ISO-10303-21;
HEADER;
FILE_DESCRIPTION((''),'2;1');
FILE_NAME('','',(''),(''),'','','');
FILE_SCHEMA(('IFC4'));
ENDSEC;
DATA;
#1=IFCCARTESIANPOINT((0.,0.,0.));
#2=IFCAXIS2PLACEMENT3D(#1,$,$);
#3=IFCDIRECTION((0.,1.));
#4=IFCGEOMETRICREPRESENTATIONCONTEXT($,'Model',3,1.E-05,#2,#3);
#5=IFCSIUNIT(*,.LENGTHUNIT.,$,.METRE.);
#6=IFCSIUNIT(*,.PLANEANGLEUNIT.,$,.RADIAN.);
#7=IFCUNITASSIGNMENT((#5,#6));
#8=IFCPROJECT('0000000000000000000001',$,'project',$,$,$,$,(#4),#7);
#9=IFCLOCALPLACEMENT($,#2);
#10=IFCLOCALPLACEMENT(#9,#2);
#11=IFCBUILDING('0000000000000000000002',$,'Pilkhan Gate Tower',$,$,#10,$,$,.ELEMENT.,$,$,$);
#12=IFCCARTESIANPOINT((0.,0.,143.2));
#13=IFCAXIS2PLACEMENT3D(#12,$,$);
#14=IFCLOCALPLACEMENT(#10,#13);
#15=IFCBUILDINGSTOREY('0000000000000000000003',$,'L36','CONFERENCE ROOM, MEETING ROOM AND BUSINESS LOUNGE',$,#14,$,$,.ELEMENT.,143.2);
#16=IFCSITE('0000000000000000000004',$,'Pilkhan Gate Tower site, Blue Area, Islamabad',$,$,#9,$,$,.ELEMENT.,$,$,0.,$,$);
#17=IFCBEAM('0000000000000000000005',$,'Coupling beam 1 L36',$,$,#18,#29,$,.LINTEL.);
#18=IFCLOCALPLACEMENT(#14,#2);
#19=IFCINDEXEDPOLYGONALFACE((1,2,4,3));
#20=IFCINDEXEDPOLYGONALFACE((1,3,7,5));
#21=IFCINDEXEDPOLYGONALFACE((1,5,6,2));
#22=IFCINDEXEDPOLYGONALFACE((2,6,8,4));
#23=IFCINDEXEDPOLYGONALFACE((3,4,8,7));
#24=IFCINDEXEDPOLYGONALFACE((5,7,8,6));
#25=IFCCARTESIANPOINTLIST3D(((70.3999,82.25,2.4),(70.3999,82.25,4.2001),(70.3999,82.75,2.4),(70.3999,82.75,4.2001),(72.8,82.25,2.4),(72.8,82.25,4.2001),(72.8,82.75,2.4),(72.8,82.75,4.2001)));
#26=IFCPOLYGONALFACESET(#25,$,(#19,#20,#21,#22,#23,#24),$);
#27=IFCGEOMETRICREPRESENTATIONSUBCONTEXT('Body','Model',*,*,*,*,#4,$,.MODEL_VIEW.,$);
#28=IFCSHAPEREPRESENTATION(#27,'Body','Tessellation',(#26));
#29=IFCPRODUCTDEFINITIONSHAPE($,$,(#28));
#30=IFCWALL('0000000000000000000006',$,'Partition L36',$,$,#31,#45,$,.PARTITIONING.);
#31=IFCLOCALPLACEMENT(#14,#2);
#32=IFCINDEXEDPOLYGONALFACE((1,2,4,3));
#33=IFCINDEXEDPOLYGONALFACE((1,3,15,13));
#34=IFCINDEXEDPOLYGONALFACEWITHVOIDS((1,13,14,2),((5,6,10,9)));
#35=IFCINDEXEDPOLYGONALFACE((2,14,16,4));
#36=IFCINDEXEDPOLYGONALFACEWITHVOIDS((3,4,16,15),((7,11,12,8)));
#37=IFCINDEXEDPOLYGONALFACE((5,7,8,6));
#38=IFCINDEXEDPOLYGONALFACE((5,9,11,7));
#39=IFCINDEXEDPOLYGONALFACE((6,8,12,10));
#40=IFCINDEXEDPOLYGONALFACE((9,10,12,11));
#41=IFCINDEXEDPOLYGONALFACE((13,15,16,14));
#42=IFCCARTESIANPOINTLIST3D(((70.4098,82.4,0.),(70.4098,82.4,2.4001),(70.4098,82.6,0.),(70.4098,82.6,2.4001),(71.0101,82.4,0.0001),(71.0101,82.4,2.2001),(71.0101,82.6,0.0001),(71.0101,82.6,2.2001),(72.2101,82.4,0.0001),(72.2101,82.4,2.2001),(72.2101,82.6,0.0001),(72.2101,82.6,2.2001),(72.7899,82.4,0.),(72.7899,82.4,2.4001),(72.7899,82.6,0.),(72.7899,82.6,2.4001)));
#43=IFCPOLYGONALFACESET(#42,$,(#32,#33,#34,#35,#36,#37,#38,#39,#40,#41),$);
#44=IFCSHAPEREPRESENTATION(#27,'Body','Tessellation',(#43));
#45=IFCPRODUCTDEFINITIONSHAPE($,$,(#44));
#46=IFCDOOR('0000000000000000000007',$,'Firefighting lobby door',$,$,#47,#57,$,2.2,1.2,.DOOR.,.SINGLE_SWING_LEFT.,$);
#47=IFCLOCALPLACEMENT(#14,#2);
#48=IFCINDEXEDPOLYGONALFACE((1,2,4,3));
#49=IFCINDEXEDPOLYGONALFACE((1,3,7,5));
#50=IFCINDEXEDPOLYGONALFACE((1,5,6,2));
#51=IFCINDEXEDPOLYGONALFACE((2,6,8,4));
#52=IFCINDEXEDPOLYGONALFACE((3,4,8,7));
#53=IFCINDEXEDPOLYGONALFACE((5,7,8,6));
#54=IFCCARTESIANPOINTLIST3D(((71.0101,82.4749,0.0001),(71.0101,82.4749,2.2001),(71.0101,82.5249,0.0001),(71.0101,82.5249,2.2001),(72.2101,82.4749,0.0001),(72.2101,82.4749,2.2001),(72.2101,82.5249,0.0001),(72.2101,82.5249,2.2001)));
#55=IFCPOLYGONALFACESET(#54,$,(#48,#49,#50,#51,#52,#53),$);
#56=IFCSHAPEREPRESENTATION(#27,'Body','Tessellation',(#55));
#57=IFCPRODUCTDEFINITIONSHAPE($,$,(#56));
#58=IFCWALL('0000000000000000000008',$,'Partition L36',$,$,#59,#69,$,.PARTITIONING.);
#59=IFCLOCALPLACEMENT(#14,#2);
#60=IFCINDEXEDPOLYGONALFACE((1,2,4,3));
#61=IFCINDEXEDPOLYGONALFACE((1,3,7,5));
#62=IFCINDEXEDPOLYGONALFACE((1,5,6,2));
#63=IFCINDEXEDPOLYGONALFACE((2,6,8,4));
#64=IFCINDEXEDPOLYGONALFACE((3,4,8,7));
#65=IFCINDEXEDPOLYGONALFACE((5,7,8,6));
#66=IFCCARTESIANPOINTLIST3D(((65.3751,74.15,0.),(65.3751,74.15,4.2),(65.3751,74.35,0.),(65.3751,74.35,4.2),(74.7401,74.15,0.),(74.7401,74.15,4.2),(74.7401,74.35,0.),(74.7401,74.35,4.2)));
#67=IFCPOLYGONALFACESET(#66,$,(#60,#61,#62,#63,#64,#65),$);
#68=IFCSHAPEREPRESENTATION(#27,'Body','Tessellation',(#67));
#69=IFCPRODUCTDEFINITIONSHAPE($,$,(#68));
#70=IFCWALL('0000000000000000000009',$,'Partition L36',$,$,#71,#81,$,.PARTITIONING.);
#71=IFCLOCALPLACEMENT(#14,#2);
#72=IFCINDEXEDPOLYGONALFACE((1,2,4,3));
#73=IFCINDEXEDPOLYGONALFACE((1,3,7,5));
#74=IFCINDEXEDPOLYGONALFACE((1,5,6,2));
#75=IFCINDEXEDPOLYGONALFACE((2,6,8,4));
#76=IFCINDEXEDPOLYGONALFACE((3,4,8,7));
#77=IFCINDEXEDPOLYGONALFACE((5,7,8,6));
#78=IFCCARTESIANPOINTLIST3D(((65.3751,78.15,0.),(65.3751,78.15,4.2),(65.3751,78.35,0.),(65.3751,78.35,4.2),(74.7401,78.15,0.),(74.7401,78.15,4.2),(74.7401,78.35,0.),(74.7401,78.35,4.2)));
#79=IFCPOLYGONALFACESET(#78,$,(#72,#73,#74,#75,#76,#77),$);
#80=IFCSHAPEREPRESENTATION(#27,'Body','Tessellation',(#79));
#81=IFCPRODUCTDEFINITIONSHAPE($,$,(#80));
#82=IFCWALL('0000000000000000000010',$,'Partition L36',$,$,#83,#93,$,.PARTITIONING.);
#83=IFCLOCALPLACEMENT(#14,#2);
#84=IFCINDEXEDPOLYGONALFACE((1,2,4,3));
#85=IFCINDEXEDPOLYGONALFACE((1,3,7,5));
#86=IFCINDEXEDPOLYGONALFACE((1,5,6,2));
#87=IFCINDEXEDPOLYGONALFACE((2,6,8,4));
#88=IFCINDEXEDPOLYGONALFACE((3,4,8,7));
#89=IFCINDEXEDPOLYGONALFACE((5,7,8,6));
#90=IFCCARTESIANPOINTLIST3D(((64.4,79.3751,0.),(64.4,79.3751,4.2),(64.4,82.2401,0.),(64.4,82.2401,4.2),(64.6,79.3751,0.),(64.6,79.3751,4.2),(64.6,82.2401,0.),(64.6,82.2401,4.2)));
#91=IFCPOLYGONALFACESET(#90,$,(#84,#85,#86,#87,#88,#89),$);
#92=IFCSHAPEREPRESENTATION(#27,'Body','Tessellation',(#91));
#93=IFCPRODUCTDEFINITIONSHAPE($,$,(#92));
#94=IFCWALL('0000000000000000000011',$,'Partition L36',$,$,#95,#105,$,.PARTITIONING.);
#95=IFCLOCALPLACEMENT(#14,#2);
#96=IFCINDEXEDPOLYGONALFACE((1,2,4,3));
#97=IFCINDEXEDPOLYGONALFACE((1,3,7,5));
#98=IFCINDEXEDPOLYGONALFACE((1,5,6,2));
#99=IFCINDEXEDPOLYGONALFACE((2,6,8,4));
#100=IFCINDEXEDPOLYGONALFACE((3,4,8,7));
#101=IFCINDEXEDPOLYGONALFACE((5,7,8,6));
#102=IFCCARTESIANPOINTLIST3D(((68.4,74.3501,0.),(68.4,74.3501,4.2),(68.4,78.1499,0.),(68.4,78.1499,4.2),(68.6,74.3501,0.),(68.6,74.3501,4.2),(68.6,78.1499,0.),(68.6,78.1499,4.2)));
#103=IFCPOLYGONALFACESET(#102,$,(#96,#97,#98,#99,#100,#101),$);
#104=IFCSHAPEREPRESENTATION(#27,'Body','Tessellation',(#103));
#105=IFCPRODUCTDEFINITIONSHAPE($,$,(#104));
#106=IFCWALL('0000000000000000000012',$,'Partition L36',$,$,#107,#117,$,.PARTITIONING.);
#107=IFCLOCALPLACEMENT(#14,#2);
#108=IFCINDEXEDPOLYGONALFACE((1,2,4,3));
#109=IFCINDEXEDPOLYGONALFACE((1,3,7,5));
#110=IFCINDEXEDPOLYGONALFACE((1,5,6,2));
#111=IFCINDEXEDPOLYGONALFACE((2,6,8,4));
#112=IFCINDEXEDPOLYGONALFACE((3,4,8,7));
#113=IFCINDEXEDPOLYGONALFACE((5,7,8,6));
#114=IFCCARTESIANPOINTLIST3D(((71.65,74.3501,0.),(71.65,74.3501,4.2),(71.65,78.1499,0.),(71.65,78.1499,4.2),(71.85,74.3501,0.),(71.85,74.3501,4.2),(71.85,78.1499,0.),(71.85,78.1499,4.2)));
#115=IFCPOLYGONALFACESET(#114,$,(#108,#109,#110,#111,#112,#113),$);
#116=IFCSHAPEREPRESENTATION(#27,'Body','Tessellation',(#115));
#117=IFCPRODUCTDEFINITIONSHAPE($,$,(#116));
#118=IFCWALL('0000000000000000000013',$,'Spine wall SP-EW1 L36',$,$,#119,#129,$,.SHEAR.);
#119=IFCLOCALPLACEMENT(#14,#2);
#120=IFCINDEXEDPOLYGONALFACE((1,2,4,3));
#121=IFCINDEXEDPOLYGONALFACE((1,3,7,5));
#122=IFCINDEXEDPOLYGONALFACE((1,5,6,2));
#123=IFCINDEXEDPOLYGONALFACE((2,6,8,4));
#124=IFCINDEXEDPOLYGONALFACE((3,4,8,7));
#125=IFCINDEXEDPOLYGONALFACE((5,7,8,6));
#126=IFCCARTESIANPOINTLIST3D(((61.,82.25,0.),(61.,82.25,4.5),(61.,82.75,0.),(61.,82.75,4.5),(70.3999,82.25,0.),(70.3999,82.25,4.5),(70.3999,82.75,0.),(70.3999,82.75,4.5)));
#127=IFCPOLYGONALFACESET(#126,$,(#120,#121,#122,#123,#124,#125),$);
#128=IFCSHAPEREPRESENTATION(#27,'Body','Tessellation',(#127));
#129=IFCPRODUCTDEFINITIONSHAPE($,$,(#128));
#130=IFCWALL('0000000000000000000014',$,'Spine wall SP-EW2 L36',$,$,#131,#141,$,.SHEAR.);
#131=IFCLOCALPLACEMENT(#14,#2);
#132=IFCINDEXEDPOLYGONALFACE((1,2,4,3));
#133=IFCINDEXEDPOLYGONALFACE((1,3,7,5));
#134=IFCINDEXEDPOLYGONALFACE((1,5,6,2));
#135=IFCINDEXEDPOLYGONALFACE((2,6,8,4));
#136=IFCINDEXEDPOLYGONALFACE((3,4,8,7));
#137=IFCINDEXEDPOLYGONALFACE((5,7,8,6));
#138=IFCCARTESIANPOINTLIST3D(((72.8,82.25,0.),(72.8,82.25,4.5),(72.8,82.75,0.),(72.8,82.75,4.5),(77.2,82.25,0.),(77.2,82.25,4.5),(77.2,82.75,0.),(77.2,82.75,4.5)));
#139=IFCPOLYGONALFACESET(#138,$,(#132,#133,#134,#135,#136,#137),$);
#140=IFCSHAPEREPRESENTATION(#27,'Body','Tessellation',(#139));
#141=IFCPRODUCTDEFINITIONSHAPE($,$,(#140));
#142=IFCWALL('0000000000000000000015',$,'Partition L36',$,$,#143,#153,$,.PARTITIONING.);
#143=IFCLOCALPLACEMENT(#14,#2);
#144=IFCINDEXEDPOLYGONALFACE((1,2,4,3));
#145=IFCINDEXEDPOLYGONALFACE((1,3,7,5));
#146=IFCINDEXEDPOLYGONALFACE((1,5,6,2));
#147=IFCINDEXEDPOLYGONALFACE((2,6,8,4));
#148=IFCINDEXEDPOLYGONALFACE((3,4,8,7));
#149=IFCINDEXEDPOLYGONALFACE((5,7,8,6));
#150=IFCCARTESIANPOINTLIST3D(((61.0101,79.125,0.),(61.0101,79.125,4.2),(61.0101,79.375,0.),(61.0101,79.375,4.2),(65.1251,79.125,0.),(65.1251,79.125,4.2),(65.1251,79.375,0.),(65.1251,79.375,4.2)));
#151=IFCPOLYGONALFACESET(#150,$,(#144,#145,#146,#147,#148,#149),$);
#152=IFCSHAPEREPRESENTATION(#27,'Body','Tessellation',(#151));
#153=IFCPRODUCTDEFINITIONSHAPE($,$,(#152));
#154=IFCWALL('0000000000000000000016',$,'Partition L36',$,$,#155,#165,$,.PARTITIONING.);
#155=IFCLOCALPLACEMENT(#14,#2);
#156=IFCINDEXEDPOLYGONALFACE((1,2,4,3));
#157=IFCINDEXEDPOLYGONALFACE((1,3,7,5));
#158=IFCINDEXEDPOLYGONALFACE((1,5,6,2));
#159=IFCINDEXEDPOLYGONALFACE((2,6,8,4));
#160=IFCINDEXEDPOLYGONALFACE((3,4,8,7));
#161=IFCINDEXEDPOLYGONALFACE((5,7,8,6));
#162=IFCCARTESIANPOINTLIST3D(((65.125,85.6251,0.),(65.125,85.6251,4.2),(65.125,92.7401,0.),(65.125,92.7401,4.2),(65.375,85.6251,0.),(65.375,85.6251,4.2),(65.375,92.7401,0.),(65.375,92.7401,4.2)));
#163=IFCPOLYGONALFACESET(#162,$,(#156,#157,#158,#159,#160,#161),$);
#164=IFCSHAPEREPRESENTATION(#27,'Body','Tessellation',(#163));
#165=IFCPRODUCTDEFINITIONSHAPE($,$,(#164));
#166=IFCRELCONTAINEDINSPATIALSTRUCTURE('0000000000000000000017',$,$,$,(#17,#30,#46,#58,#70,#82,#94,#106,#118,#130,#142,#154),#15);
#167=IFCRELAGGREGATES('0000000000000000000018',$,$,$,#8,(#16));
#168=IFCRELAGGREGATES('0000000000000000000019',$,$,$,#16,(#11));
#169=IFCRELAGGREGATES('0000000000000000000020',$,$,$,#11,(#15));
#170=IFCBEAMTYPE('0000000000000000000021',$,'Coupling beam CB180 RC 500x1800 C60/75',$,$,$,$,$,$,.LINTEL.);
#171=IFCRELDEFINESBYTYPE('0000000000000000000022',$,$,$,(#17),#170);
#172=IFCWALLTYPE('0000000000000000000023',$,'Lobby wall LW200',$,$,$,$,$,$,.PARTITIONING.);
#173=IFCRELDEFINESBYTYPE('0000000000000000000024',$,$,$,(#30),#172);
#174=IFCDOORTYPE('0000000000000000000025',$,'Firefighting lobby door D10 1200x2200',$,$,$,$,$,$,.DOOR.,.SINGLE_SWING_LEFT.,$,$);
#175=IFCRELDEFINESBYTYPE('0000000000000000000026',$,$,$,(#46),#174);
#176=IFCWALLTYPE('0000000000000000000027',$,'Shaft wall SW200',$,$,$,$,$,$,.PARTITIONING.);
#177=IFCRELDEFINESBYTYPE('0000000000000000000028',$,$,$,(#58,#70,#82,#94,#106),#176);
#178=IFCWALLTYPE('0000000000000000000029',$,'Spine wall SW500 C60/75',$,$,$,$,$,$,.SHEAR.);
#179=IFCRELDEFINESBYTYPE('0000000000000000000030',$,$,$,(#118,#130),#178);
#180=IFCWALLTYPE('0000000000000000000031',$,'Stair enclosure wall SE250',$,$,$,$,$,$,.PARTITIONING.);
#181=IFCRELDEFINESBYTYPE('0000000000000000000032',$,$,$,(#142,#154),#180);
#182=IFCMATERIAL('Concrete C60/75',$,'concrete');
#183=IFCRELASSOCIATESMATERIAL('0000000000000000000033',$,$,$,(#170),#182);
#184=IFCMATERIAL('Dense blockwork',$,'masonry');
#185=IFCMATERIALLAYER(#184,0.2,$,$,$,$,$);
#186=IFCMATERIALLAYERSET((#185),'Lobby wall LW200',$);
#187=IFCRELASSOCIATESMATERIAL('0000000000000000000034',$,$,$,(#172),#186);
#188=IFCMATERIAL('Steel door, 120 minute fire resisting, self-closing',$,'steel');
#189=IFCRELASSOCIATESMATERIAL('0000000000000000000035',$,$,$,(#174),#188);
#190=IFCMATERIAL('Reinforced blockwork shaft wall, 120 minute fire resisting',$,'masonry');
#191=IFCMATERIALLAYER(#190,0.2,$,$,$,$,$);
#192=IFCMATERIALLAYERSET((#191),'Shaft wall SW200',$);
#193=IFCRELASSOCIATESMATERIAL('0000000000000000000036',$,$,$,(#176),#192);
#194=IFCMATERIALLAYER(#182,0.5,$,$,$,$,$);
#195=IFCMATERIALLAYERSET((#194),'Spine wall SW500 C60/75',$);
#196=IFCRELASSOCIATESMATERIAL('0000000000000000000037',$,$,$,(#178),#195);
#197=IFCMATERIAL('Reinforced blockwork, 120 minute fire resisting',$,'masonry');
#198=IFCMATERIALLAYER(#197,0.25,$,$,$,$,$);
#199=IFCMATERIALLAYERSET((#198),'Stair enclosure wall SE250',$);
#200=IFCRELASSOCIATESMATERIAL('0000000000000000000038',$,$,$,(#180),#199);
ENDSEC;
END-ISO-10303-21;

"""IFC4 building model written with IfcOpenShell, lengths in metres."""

from ifc_helpers import new_model, si_unit, direction, frame, frame_2d, origin, origin_2d, place, context, subcontext, project, spatial, rectangle, extrude, material, layer, layer_set, material_profile, profile_set, type_object, element, fill, save


model = new_model("IFC4")

# Units and contexts
model_context = context("Model", 3, precision=1e-05, world=origin(), true_north=direction((0.0, 1.0)))
body_context = subcontext(model_context, "Body", "Model", "MODEL_VIEW")
ifc_project = project(units=[si_unit("LENGTHUNIT", "METRE"), si_unit("PLANEANGLEUNIT", "RADIAN")], contexts=[model_context])

# Site, building, storey
site_placement = place(None, origin())
site = spatial("IfcSite", under=ifc_project, at=site_placement, Name="Pilkhan Gate Tower site, Blue Area, Islamabad", CompositionType="ELEMENT", RefElevation=0.0)
building_placement = place(site_placement, origin())
building = spatial("IfcBuilding", under=site, at=building_placement, Name="Pilkhan Gate Tower", CompositionType="ELEMENT")
storey_placement = place(building_placement, frame((0.0, 0.0, 143.2)))
storey = spatial("IfcBuildingStorey", under=building, at=storey_placement, Name="L36", Description="CONFERENCE ROOM, MEETING ROOM AND BUSINESS LOUNGE", CompositionType="ELEMENT", Elevation=143.2)

# Beam
ifc_material_1 = material(Name="Concrete C60/75", Category="concrete")
ifc_material_profile = material_profile(ifc_material_1, rectangle(XDim=0.5, YDim=1.8, at=origin_2d()), Name="RC 500x1800")
ifc_profile_set = profile_set([ifc_material_profile], Name="Concrete C60/75")
beam_type = type_object("IfcBeamType", Name="Coupling beam CB180 RC 500x1800 C60/75", PredefinedType="LINTEL", material=ifc_profile_set)
beam_placement = place(storey_placement, frame((70.3999, 82.5, 3.3), z_axis=(1.0, 0.0, 0.0), x_axis=(0.0, 1.0, 0.0)))
element("IfcBeam", 1, at=beam_placement, inside=storey, type_object=beam_type, Name="Coupling beam 1 L36", PredefinedType="LINTEL", context=body_context, shape_type="SweptSolid", body=[
    extrude(rectangle(XDim=0.5, YDim=1.8, at=origin_2d()), origin(), (0.0, 0.0, 1.0), 2.4001),
])

# Wall, opening, door
ifc_material_2 = material(Name="Dense blockwork", Category="masonry")
ifc_layer_1 = layer(ifc_material_2, 0.2)
ifc_layer_set_1 = layer_set([ifc_layer_1], Name="Lobby wall LW200")
wall_type_1 = type_object("IfcWallType", Name="Lobby wall LW200", PredefinedType="PARTITIONING", material=ifc_layer_set_1)
wall_1_placement = place(storey_placement, frame((70.4099, 82.5, 0.0), z_axis=(0.0, 0.0, 1.0), x_axis=(1.0, 0.0, 0.0)))
wall_1 = element("IfcWall", 2, at=wall_1_placement, inside=storey, type_object=wall_type_1, Name="Partition L36", PredefinedType="PARTITIONING", context=body_context, shape_type="SweptSolid", body=[
    extrude(rectangle(XDim=2.3801, YDim=0.2, at=frame_2d((1.1899, 0.0))), origin(), (0.0, 0.0, 1.0), 2.4001),
])
opening_placement = place(wall_1_placement, frame((0.6001, 0.0, 0.0)))
opening = element("IfcOpeningElement", 3, at=opening_placement, cuts=wall_1, PredefinedType="OPENING", context=body_context, shape_type="SweptSolid", body=[
    extrude(rectangle(XDim=1.2, YDim=2.2, at=frame_2d((0.6001, 1.1001))), frame((0.0, 0.1099, 0.0), z_axis=(0.0, -1.0, 0.0), x_axis=(1.0, 0.0, 0.0)), (0.0, 0.0, 1.0), 0.22),
])
ifc_material_3 = material(Name="Steel door, 120 minute fire resisting, self-closing", Category="steel")
door_type = type_object("IfcDoorType", Name="Firefighting lobby door D10 1200x2200", OperationType="SINGLE_SWING_LEFT", PredefinedType="DOOR", material=ifc_material_3)
door_placement = place(opening_placement, origin())
door = element("IfcDoor", 4, at=door_placement, inside=storey, type_object=door_type, Name="Firefighting lobby door", OperationType="SINGLE_SWING_LEFT", OverallHeight=2.2, OverallWidth=1.2, PredefinedType="DOOR", context=body_context, shape_type="SweptSolid", body=[
    extrude(rectangle(XDim=1.2, YDim=2.2, at=frame_2d((0.6001, 1.1001))), frame((0.0, 0.0249, 0.0), z_axis=(0.0, -1.0, 0.0), x_axis=(1.0, 0.0, 0.0)), (0.0, 0.0, 1.0), 0.05),
])
fill(opening, door)

# Walls
ifc_material_4 = material(Name="Reinforced blockwork shaft wall, 120 minute fire resisting", Category="masonry")
ifc_layer_2 = layer(ifc_material_4, 0.2)
ifc_layer_set_2 = layer_set([ifc_layer_2], Name="Shaft wall SW200")
wall_type_2 = type_object("IfcWallType", Name="Shaft wall SW200", PredefinedType="PARTITIONING", material=ifc_layer_set_2)
for number, where, z_axis, x_axis, name in (
    (5, (65.375, 74.25, 0.0), (0.0, 0.0, 1.0), (1.0, 0.0, 0.0), "Partition L36"),
    (6, (65.375, 78.25, 0.0), (0.0, 0.0, 1.0), (1.0, 0.0, 0.0), "Partition L36"),
):
    element("IfcWall", number, at=place(storey_placement, frame(where, z_axis=z_axis, x_axis=x_axis)), inside=storey, type_object=wall_type_2, Name=name, PredefinedType="PARTITIONING", context=body_context, shape_type="SweptSolid", body=[
        extrude(rectangle(XDim=9.365, YDim=0.2, at=frame_2d((4.6826, 0.0))), origin(), (0.0, 0.0, 1.0), 4.2),
    ])
wall_2_placement = place(storey_placement, frame((64.5, 79.375, 0.0), z_axis=(0.0, 0.0, 1.0), x_axis=(0.0, 1.0, 0.0)))
element("IfcWall", 7, at=wall_2_placement, inside=storey, type_object=wall_type_2, Name="Partition L36", PredefinedType="PARTITIONING", context=body_context, shape_type="SweptSolid", body=[
    extrude(rectangle(XDim=2.865, YDim=0.2, at=frame_2d((1.4326, 0.0))), origin(), (0.0, 0.0, 1.0), 4.2),
])
for number, where, z_axis, x_axis, name in (
    (8, (68.5, 74.3501, 0.0), (0.0, 0.0, 1.0), (0.0, 1.0, 0.0), "Partition L36"),
    (9, (71.75, 74.3501, 0.0), (0.0, 0.0, 1.0), (0.0, 1.0, 0.0), "Partition L36"),
):
    element("IfcWall", number, at=place(storey_placement, frame(where, z_axis=z_axis, x_axis=x_axis)), inside=storey, type_object=wall_type_2, Name=name, PredefinedType="PARTITIONING", context=body_context, shape_type="SweptSolid", body=[
        extrude(rectangle(XDim=3.7998, YDim=0.2, at=frame_2d((1.8999, 0.0))), origin(), (0.0, 0.0, 1.0), 4.2),
    ])
ifc_layer_3 = layer(ifc_material_1, 0.5)
ifc_layer_set_3 = layer_set([ifc_layer_3], Name="Spine wall SW500 C60/75")
wall_type_3 = type_object("IfcWallType", Name="Spine wall SW500 C60/75", PredefinedType="SHEAR", material=ifc_layer_set_3)
wall_3_placement = place(storey_placement, frame((61.0, 82.5, 0.0), z_axis=(0.0, 0.0, 1.0), x_axis=(1.0, 0.0, 0.0)))
element("IfcWall", 10, at=wall_3_placement, inside=storey, type_object=wall_type_3, Name="Spine wall SP-EW1 L36", PredefinedType="SHEAR", context=body_context, shape_type="SweptSolid", body=[
    extrude(rectangle(XDim=9.3999, YDim=0.5, at=frame_2d((4.7, 0.0))), origin(), (0.0, 0.0, 1.0), 4.5),
])
wall_4_placement = place(storey_placement, frame((72.8, 82.5, 0.0), z_axis=(0.0, 0.0, 1.0), x_axis=(1.0, 0.0, 0.0)))
element("IfcWall", 11, at=wall_4_placement, inside=storey, type_object=wall_type_3, Name="Spine wall SP-EW2 L36", PredefinedType="SHEAR", context=body_context, shape_type="SweptSolid", body=[
    extrude(rectangle(XDim=4.3999, YDim=0.5, at=frame_2d((2.2, 0.0))), origin(), (0.0, 0.0, 1.0), 4.5),
])
ifc_material_5 = material(Name="Reinforced blockwork, 120 minute fire resisting", Category="masonry")
ifc_layer_4 = layer(ifc_material_5, 0.25)
ifc_layer_set_4 = layer_set([ifc_layer_4], Name="Stair enclosure wall SE250")
wall_type_4 = type_object("IfcWallType", Name="Stair enclosure wall SE250", PredefinedType="PARTITIONING", material=ifc_layer_set_4)
wall_5_placement = place(storey_placement, frame((61.01, 79.25, 0.0), z_axis=(0.0, 0.0, 1.0), x_axis=(1.0, 0.0, 0.0)))
element("IfcWall", 12, at=wall_5_placement, inside=storey, type_object=wall_type_4, Name="Partition L36", PredefinedType="PARTITIONING", context=body_context, shape_type="SweptSolid", body=[
    extrude(rectangle(XDim=4.115, YDim=0.25, at=frame_2d((2.0576, 0.0))), origin(), (0.0, 0.0, 1.0), 4.2),
])
wall_6_placement = place(storey_placement, frame((65.25, 85.625, 0.0), z_axis=(0.0, 0.0, 1.0), x_axis=(0.0, 1.0, 0.0)))
element("IfcWall", 13, at=wall_6_placement, inside=storey, type_object=wall_type_4, Name="Partition L36", PredefinedType="PARTITIONING", context=body_context, shape_type="SweptSolid", body=[
    extrude(rectangle(XDim=7.115, YDim=0.25, at=frame_2d((3.5576, 0.0))), origin(), (0.0, 0.0, 1.0), 4.2),
])

save(model, "model.ifc")
